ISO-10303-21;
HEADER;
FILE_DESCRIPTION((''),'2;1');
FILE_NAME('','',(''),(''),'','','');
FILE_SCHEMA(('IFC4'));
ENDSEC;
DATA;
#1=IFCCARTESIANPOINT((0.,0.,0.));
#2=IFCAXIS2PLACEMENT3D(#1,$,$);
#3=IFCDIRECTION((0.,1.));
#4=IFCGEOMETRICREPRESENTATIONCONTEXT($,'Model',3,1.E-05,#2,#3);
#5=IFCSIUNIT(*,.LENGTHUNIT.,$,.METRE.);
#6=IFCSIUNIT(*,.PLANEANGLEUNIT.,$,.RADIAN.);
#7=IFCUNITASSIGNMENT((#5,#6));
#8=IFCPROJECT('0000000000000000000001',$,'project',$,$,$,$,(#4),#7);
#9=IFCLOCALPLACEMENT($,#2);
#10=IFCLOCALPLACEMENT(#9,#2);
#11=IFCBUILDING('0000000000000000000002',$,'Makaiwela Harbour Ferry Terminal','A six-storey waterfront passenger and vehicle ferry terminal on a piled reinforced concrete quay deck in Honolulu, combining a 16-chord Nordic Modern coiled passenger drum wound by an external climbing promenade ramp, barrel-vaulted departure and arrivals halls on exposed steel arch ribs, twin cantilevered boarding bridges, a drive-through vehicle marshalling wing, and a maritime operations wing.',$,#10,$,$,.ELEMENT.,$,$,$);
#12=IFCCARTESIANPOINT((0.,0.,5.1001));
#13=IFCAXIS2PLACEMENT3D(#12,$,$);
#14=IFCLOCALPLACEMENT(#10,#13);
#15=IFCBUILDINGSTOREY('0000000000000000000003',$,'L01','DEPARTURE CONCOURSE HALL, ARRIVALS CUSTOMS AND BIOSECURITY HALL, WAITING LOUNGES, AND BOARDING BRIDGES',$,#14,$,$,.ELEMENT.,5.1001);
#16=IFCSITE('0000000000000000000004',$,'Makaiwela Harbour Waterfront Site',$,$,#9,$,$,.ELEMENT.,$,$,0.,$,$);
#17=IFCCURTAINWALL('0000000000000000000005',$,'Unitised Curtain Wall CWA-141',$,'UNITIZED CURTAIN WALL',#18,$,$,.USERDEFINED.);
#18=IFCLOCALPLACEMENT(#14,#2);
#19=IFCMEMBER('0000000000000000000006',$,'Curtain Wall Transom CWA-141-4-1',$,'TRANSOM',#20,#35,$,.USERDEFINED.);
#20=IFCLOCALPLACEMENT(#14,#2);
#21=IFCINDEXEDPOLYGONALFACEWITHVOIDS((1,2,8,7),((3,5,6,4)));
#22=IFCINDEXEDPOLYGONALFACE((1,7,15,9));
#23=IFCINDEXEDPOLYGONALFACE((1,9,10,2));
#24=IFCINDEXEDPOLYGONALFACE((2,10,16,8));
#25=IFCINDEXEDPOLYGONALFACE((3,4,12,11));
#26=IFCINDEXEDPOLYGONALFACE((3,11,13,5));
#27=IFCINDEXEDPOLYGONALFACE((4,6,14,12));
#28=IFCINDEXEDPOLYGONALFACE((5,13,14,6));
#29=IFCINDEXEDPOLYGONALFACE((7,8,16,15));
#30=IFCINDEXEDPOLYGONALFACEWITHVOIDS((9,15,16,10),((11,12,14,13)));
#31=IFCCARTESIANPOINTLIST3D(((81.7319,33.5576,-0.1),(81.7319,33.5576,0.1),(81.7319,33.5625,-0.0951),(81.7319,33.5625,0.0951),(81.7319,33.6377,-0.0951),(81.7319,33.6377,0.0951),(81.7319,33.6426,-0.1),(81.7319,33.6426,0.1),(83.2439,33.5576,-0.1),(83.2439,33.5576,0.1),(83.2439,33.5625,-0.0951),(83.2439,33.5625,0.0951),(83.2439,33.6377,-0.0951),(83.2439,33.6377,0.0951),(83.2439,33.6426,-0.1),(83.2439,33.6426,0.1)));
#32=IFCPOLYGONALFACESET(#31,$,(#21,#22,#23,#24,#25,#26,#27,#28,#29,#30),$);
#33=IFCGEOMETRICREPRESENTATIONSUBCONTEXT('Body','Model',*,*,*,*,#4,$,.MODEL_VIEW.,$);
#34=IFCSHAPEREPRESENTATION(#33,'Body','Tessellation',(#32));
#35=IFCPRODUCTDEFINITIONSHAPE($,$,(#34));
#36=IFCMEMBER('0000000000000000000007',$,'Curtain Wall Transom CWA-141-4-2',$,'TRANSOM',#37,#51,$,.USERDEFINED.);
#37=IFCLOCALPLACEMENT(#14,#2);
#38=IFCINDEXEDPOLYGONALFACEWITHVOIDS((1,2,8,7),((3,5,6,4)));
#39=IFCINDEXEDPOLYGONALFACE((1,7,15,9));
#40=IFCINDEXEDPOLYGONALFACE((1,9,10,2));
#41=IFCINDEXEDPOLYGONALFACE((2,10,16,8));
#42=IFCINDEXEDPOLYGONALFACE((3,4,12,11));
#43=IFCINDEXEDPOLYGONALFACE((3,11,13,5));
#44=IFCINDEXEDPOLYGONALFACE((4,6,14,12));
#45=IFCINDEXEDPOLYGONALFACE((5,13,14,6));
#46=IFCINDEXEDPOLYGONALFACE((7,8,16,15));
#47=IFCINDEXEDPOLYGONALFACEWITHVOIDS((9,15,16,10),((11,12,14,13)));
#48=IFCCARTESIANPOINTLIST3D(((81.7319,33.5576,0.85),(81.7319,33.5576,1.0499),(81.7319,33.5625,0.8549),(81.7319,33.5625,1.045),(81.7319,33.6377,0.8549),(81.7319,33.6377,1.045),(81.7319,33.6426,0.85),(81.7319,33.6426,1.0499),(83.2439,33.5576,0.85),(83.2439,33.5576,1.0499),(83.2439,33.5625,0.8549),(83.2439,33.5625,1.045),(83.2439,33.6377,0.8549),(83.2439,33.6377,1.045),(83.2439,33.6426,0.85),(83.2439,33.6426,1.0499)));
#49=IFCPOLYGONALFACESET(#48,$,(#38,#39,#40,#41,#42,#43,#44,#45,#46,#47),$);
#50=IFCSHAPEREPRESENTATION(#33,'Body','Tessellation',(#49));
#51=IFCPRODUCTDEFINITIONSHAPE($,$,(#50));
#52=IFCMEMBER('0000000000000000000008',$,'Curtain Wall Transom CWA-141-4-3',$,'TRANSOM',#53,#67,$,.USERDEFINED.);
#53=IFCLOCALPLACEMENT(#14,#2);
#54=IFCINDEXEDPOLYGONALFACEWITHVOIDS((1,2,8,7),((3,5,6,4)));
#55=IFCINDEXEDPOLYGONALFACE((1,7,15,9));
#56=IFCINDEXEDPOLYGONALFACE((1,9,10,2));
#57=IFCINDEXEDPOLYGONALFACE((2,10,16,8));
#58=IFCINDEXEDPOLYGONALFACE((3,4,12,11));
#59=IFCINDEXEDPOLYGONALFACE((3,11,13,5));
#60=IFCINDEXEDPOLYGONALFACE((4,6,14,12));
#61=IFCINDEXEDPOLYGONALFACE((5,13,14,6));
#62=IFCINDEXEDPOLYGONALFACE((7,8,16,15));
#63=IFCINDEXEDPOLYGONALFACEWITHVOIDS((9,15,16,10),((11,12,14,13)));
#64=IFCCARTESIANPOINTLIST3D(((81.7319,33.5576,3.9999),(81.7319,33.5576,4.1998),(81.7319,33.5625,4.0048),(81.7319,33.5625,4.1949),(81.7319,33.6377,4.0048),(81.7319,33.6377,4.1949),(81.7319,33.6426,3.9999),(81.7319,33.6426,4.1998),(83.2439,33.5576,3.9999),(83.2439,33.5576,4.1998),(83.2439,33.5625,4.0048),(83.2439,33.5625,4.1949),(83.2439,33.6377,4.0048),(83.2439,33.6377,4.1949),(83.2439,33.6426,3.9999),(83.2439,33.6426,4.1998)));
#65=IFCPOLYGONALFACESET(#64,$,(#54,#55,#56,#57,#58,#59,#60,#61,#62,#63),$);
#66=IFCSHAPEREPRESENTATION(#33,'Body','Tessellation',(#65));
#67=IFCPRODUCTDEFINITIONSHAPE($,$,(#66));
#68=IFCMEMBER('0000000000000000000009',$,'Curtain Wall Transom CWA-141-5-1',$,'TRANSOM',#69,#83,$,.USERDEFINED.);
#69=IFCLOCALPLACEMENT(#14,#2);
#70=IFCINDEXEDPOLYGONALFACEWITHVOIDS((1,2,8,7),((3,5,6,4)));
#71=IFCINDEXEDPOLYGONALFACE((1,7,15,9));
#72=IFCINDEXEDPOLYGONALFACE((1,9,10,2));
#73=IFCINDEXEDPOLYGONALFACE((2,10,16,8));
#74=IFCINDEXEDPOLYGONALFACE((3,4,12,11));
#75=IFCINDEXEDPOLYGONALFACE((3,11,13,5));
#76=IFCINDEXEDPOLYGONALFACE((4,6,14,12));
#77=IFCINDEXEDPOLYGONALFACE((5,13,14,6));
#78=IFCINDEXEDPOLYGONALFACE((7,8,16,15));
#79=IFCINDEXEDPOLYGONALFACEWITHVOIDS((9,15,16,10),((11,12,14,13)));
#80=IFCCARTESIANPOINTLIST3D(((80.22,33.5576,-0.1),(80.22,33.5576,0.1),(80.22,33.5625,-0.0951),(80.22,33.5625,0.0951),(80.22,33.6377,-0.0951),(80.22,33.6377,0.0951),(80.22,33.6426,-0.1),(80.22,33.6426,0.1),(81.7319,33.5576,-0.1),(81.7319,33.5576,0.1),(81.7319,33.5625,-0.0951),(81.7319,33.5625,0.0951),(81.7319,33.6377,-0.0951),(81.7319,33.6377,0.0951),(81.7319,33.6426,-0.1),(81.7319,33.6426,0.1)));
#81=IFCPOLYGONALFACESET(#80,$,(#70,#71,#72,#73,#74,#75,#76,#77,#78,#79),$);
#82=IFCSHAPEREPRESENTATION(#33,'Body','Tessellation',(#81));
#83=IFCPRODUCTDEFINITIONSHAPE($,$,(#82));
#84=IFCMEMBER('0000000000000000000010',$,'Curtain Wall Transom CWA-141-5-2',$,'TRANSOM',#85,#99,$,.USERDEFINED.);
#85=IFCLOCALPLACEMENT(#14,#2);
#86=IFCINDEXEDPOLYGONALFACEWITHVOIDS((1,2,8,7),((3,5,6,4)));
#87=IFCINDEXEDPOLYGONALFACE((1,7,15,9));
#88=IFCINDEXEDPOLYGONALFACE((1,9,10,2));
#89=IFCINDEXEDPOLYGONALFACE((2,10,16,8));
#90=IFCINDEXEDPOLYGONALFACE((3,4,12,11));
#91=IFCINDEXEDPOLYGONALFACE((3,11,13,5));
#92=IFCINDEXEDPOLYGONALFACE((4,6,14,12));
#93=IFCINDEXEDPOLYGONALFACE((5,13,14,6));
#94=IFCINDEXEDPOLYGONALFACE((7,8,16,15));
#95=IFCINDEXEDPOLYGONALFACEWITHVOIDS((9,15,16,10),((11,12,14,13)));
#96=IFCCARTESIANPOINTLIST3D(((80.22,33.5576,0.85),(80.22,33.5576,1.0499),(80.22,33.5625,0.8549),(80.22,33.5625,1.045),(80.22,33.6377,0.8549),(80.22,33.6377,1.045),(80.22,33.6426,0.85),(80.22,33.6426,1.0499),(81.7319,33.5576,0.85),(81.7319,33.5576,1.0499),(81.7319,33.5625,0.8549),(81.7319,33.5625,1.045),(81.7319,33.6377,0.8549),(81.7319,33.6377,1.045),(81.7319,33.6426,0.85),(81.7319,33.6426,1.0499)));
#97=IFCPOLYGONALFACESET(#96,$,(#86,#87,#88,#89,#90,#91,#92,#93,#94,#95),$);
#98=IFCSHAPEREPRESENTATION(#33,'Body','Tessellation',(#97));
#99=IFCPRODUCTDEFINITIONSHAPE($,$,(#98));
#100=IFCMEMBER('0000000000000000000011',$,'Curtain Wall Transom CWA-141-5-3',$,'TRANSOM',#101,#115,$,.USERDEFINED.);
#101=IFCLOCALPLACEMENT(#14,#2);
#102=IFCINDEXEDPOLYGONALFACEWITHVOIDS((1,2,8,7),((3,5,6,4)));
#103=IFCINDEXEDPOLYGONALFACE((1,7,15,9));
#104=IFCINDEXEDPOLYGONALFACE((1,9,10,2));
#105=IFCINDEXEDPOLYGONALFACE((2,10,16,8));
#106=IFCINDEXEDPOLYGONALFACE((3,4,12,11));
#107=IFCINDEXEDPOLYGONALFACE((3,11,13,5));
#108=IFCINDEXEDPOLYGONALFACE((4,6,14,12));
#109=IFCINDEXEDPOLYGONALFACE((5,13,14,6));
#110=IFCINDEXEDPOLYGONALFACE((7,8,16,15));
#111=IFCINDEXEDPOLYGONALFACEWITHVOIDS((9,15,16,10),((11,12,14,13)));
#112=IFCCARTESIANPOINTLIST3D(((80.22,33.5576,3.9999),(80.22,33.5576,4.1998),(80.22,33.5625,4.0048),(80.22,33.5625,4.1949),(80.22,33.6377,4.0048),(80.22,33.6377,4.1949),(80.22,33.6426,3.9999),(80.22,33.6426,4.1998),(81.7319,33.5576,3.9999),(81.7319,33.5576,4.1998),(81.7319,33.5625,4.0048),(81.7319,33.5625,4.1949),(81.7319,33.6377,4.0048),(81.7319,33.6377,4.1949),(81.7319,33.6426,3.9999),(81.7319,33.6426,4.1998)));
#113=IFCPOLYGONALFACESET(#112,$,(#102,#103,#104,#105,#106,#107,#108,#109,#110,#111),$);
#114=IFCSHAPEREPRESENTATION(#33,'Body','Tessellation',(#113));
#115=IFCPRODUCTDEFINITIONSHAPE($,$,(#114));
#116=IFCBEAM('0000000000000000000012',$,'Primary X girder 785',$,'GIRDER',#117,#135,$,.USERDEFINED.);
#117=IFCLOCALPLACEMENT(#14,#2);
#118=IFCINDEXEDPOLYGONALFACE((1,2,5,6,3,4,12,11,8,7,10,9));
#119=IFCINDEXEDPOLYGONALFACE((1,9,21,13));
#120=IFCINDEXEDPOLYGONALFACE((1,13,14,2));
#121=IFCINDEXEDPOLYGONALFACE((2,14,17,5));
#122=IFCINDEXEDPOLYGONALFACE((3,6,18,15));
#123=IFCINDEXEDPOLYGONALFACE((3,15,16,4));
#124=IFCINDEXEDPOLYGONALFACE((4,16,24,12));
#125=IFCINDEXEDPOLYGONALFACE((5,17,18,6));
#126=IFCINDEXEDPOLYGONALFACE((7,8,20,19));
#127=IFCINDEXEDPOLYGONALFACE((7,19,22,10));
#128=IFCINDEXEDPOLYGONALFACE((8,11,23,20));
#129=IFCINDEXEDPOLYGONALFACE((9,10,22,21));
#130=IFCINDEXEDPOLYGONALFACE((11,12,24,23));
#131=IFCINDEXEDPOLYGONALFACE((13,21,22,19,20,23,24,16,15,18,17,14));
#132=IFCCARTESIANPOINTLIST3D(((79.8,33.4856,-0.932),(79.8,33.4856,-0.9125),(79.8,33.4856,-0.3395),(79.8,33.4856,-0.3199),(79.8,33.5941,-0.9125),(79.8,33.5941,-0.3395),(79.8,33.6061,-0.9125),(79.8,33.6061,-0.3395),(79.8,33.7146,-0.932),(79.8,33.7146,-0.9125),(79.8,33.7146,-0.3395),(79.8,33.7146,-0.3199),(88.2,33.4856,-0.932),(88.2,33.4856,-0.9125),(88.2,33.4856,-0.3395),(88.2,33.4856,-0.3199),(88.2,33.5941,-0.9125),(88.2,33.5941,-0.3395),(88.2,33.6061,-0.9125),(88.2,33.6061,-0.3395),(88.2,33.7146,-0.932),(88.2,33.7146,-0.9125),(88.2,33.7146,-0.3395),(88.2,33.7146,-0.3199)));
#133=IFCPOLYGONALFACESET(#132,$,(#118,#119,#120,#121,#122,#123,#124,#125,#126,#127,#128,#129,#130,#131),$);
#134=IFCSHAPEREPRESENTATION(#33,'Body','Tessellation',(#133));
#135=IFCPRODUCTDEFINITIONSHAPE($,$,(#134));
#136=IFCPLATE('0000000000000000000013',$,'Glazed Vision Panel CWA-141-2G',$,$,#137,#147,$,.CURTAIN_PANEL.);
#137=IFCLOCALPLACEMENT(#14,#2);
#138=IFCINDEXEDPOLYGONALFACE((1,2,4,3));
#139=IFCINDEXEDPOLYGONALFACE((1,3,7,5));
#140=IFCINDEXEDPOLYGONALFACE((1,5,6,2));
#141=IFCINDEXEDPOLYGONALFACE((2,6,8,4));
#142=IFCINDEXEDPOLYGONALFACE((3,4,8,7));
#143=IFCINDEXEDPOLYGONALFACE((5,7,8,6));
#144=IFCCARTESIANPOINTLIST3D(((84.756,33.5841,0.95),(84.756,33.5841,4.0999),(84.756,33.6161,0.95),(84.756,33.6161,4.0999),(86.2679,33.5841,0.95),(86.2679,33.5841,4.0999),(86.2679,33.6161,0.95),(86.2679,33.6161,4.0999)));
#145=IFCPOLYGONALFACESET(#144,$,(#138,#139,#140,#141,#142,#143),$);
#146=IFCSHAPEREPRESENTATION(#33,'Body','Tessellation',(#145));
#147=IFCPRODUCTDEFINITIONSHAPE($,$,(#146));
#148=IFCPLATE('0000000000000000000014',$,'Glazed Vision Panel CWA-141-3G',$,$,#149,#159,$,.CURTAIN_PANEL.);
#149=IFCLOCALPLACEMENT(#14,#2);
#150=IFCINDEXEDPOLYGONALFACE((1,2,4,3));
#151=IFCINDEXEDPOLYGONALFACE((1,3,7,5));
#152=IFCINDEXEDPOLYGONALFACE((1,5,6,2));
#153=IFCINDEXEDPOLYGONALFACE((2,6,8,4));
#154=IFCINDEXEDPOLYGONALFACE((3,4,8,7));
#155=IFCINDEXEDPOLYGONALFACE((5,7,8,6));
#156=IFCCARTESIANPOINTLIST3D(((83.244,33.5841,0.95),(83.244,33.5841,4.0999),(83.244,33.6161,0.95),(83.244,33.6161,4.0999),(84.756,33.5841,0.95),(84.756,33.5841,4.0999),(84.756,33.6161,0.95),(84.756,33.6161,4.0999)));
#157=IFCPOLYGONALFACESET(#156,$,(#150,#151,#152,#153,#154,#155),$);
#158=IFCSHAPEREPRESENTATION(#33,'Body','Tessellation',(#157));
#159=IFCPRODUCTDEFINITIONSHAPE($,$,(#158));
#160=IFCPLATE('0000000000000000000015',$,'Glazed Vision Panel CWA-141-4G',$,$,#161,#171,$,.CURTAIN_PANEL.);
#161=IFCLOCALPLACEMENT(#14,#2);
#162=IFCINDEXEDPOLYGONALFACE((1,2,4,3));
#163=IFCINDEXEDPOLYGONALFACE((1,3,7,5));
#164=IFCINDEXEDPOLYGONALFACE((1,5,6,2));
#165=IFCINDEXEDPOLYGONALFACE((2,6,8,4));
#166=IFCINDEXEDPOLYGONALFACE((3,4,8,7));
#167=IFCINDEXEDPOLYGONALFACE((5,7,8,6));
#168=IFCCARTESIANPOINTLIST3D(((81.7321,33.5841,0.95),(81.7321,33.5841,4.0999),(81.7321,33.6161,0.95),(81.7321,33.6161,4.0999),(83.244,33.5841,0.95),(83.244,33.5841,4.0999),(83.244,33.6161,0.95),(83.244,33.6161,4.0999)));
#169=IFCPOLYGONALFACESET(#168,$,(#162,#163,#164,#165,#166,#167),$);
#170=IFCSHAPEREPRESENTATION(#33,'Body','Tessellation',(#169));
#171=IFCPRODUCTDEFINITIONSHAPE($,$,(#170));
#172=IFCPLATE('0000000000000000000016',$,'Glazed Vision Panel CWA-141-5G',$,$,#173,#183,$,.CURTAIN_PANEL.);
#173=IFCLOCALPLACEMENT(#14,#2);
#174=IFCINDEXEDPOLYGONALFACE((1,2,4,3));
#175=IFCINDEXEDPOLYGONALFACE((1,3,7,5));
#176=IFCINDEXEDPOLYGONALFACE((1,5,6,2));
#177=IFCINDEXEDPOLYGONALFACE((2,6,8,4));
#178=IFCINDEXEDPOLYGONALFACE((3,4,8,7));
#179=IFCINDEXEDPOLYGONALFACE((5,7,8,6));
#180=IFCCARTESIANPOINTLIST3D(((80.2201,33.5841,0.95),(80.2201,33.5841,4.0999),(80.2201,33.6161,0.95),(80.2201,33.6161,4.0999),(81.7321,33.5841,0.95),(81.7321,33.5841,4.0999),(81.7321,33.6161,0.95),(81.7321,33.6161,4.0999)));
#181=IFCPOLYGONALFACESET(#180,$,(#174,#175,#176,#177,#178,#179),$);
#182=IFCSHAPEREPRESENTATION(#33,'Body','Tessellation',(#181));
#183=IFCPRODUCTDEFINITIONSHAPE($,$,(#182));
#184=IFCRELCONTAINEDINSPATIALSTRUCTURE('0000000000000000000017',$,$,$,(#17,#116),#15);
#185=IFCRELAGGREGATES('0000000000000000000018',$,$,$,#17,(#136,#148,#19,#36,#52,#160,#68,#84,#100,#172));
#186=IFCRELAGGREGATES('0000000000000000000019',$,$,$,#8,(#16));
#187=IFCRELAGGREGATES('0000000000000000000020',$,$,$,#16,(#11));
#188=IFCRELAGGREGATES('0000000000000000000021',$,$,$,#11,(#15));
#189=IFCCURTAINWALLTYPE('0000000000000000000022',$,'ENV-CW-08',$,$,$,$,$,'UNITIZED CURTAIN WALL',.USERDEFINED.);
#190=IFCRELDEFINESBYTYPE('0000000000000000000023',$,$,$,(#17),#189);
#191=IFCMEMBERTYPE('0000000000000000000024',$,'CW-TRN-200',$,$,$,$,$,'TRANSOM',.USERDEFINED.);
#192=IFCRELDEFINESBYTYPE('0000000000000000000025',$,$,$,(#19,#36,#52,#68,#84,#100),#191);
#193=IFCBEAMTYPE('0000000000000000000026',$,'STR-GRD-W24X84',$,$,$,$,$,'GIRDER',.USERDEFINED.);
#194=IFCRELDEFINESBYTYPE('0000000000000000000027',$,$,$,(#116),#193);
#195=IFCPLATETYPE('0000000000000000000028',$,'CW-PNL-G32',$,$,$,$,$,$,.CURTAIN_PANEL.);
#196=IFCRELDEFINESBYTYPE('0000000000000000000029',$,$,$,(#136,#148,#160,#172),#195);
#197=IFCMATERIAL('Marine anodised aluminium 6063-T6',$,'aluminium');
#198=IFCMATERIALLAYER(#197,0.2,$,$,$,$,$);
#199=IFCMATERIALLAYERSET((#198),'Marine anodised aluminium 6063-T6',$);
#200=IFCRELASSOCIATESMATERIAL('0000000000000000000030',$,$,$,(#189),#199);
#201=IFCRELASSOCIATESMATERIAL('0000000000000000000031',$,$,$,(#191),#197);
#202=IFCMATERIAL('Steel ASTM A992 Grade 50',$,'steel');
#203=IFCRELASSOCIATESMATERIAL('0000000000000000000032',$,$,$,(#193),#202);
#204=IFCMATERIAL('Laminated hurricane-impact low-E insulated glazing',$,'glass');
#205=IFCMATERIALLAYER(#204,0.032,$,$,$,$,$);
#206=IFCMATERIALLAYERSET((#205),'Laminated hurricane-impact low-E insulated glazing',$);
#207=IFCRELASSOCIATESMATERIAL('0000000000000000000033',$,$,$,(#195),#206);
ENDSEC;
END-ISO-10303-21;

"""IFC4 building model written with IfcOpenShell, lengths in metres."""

from ifc_helpers import new_model, si_unit, direction, frame, origin, origin_2d, place, context, subcontext, project, spatial, rectangle, hollow_rectangle, i_section, extrude, material, layer, layer_set, material_profile, profile_set, type_object, element, aggregate, save


model = new_model("IFC4")

# Units and contexts
model_context = context("Model", 3, precision=1e-05, world=origin(), true_north=direction((0.0, 1.0)))
body_context = subcontext(model_context, "Body", "Model", "MODEL_VIEW")
ifc_project = project(units=[si_unit("LENGTHUNIT", "METRE"), si_unit("PLANEANGLEUNIT", "RADIAN")], contexts=[model_context])

# Site, building, storey
site_placement = place(None, origin())
site = spatial("IfcSite", under=ifc_project, at=site_placement, Name="Makaiwela Harbour Waterfront Site", CompositionType="ELEMENT", RefElevation=0.0)
building_placement = place(site_placement, origin())
building = spatial("IfcBuilding", under=site, at=building_placement, Name="Makaiwela Harbour Ferry Terminal", Description="A six-storey waterfront passenger and vehicle ferry terminal on a piled reinforced concrete quay deck in Honolulu, combining a 16-chord Nordic Modern coiled passenger drum wound by an external climbing promenade ramp, barrel-vaulted departure and arrivals halls on exposed steel arch ribs, twin cantilevered boarding bridges, a drive-through vehicle marshalling wing, and a maritime operations wing.", CompositionType="ELEMENT")
storey_placement = place(building_placement, frame((0.0, 0.0, 5.1001)))
storey = spatial("IfcBuildingStorey", under=building, at=storey_placement, Name="L01", Description="DEPARTURE CONCOURSE HALL, ARRIVALS CUSTOMS AND BIOSECURITY HALL, WAITING LOUNGES, AND BOARDING BRIDGES", CompositionType="ELEMENT", Elevation=5.1001)

# Curtain wall, members
ifc_material_1 = material(Name="Marine anodised aluminium 6063-T6", Category="aluminium")
ifc_layer_1 = layer(ifc_material_1, 0.2)
ifc_layer_set_1 = layer_set([ifc_layer_1], Name="Marine anodised aluminium 6063-T6")
curtain_wall_type = type_object("IfcCurtainWallType", Name="ENV-CW-08", ElementType="UNITIZED CURTAIN WALL", PredefinedType="USERDEFINED", material=ifc_layer_set_1)
curtain_wall_placement = place(storey_placement, origin())
curtain_wall = element("IfcCurtainWall", 1, at=curtain_wall_placement, inside=storey, type_object=curtain_wall_type, Name="Unitised Curtain Wall CWA-141", ObjectType="UNITIZED CURTAIN WALL", PredefinedType="USERDEFINED")
ifc_material_profile_1 = material_profile(ifc_material_1, hollow_rectangle(XDim=0.085, YDim=0.2, WallThickness=0.0049, at=origin_2d()), Name="CWT-200X85")
ifc_profile_set_1 = profile_set([ifc_material_profile_1], Name="Marine anodised aluminium 6063-T6")
member_type_1 = type_object("IfcMemberType", Name="CW-TRN-200", ElementType="TRANSOM", PredefinedType="USERDEFINED", material=ifc_profile_set_1)
member_1_placement = place(storey_placement, frame((83.2439, 33.6001, 0.0), z_axis=(-1.0, 0.0, 0.0), x_axis=(0.0, -1.0, 0.0)))
member_1 = element("IfcMember", 2, at=member_1_placement, type_object=member_type_1, Name="Curtain Wall Transom CWA-141-4-1", ObjectType="TRANSOM", PredefinedType="USERDEFINED", context=body_context, shape_type="SweptSolid", body=[
    extrude(hollow_rectangle(XDim=0.085, YDim=0.2, WallThickness=0.0049, at=origin_2d()), origin(), (0.0, 0.0, 1.0), 1.512),
])
member_2_placement = place(storey_placement, frame((83.2439, 33.6001, 0.95), z_axis=(-1.0, 0.0, 0.0), x_axis=(0.0, -1.0, 0.0)))
member_2 = element("IfcMember", 3, at=member_2_placement, type_object=member_type_1, Name="Curtain Wall Transom CWA-141-4-2", ObjectType="TRANSOM", PredefinedType="USERDEFINED", context=body_context, shape_type="SweptSolid", body=[
    extrude(hollow_rectangle(XDim=0.085, YDim=0.2, WallThickness=0.0049, at=origin_2d()), origin(), (0.0, 0.0, 1.0), 1.512),
])
member_3_placement = place(storey_placement, frame((83.2439, 33.6001, 4.0999), z_axis=(-1.0, 0.0, 0.0), x_axis=(0.0, -1.0, 0.0)))
member_3 = element("IfcMember", 4, at=member_3_placement, type_object=member_type_1, Name="Curtain Wall Transom CWA-141-4-3", ObjectType="TRANSOM", PredefinedType="USERDEFINED", context=body_context, shape_type="SweptSolid", body=[
    extrude(hollow_rectangle(XDim=0.085, YDim=0.2, WallThickness=0.0049, at=origin_2d()), origin(), (0.0, 0.0, 1.0), 1.512),
])
member_4_placement = place(storey_placement, frame((81.7319, 33.6001, 0.0), z_axis=(-1.0, 0.0, 0.0), x_axis=(0.0, -1.0, 0.0)))
member_4 = element("IfcMember", 5, at=member_4_placement, type_object=member_type_1, Name="Curtain Wall Transom CWA-141-5-1", ObjectType="TRANSOM", PredefinedType="USERDEFINED", context=body_context, shape_type="SweptSolid", body=[
    extrude(hollow_rectangle(XDim=0.085, YDim=0.2, WallThickness=0.0049, at=origin_2d()), origin(), (0.0, 0.0, 1.0), 1.512),
])
member_5_placement = place(storey_placement, frame((81.7319, 33.6001, 0.95), z_axis=(-1.0, 0.0, 0.0), x_axis=(0.0, -1.0, 0.0)))
member_5 = element("IfcMember", 6, at=member_5_placement, type_object=member_type_1, Name="Curtain Wall Transom CWA-141-5-2", ObjectType="TRANSOM", PredefinedType="USERDEFINED", context=body_context, shape_type="SweptSolid", body=[
    extrude(hollow_rectangle(XDim=0.085, YDim=0.2, WallThickness=0.0049, at=origin_2d()), origin(), (0.0, 0.0, 1.0), 1.512),
])
member_6_placement = place(storey_placement, frame((81.7319, 33.6001, 4.0999), z_axis=(-1.0, 0.0, 0.0), x_axis=(0.0, -1.0, 0.0)))
member_6 = element("IfcMember", 7, at=member_6_placement, type_object=member_type_1, Name="Curtain Wall Transom CWA-141-5-3", ObjectType="TRANSOM", PredefinedType="USERDEFINED", context=body_context, shape_type="SweptSolid", body=[
    extrude(hollow_rectangle(XDim=0.085, YDim=0.2, WallThickness=0.0049, at=origin_2d()), origin(), (0.0, 0.0, 1.0), 1.512),
])

# Beam
ifc_material_2 = material(Name="Steel ASTM A992 Grade 50", Category="steel")
ifc_material_profile_2 = material_profile(ifc_material_2, i_section(OverallWidth=0.229, OverallDepth=0.6121, WebThickness=0.012, FlangeThickness=0.0195, at=origin_2d()), Name="W24X84")
ifc_profile_set_2 = profile_set([ifc_material_profile_2], Name="Steel ASTM A992 Grade 50")
beam_type = type_object("IfcBeamType", Name="STR-GRD-W24X84", ElementType="GIRDER", PredefinedType="USERDEFINED", material=ifc_profile_set_2)
beam_placement = place(storey_placement, frame((79.8, 33.6001, -0.626), z_axis=(1.0, 0.0, 0.0), x_axis=(0.0, 1.0, 0.0)))
element("IfcBeam", 8, at=beam_placement, inside=storey, type_object=beam_type, Name="Primary X girder 785", ObjectType="GIRDER", PredefinedType="USERDEFINED", context=body_context, shape_type="SweptSolid", body=[
    extrude(i_section(OverallWidth=0.229, OverallDepth=0.6121, WebThickness=0.012, FlangeThickness=0.0195, at=origin_2d()), origin(), (0.0, 0.0, 1.0), 8.3999),
])

# Plates
ifc_material_3 = material(Name="Laminated hurricane-impact low-E insulated glazing", Category="glass")
ifc_layer_2 = layer(ifc_material_3, 0.032)
ifc_layer_set_2 = layer_set([ifc_layer_2], Name="Laminated hurricane-impact low-E insulated glazing")
plate_type_1 = type_object("IfcPlateType", Name="CW-PNL-G32", PredefinedType="CURTAIN_PANEL", material=ifc_layer_set_2)
plate_1_placement = place(storey_placement, frame((85.512, 33.6001, 0.95), z_axis=(0.0, 0.0, 1.0), x_axis=(-1.0, 0.0, 0.0)))
plate_1 = element("IfcPlate", 9, at=plate_1_placement, type_object=plate_type_1, Name="Glazed Vision Panel CWA-141-2G", PredefinedType="CURTAIN_PANEL", context=body_context, shape_type="SweptSolid", body=[
    extrude(rectangle(XDim=1.512, YDim=0.032, at=origin_2d()), origin(), (0.0, 0.0, 1.0), 3.1499),
])
plate_2_placement = place(storey_placement, frame((84.0, 33.6001, 0.95), z_axis=(0.0, 0.0, 1.0), x_axis=(-1.0, 0.0, 0.0)))
plate_2 = element("IfcPlate", 10, at=plate_2_placement, type_object=plate_type_1, Name="Glazed Vision Panel CWA-141-3G", PredefinedType="CURTAIN_PANEL", context=body_context, shape_type="SweptSolid", body=[
    extrude(rectangle(XDim=1.512, YDim=0.032, at=origin_2d()), origin(), (0.0, 0.0, 1.0), 3.1499),
])
plate_3_placement = place(storey_placement, frame((82.488, 33.6001, 0.95), z_axis=(0.0, 0.0, 1.0), x_axis=(-1.0, 0.0, 0.0)))
plate_3 = element("IfcPlate", 11, at=plate_3_placement, type_object=plate_type_1, Name="Glazed Vision Panel CWA-141-4G", PredefinedType="CURTAIN_PANEL", context=body_context, shape_type="SweptSolid", body=[
    extrude(rectangle(XDim=1.512, YDim=0.032, at=origin_2d()), origin(), (0.0, 0.0, 1.0), 3.1499),
])
plate_4_placement = place(storey_placement, frame((80.9761, 33.6001, 0.95), z_axis=(0.0, 0.0, 1.0), x_axis=(-1.0, 0.0, 0.0)))
plate_4 = element("IfcPlate", 12, at=plate_4_placement, type_object=plate_type_1, Name="Glazed Vision Panel CWA-141-5G", PredefinedType="CURTAIN_PANEL", context=body_context, shape_type="SweptSolid", body=[
    extrude(rectangle(XDim=1.512, YDim=0.032, at=origin_2d()), origin(), (0.0, 0.0, 1.0), 3.1499),
])
aggregate(curtain_wall, [plate_1, plate_2, member_1, member_2, member_3, plate_3, member_4, member_5, member_6, plate_4])

save(model, "model.ifc")
